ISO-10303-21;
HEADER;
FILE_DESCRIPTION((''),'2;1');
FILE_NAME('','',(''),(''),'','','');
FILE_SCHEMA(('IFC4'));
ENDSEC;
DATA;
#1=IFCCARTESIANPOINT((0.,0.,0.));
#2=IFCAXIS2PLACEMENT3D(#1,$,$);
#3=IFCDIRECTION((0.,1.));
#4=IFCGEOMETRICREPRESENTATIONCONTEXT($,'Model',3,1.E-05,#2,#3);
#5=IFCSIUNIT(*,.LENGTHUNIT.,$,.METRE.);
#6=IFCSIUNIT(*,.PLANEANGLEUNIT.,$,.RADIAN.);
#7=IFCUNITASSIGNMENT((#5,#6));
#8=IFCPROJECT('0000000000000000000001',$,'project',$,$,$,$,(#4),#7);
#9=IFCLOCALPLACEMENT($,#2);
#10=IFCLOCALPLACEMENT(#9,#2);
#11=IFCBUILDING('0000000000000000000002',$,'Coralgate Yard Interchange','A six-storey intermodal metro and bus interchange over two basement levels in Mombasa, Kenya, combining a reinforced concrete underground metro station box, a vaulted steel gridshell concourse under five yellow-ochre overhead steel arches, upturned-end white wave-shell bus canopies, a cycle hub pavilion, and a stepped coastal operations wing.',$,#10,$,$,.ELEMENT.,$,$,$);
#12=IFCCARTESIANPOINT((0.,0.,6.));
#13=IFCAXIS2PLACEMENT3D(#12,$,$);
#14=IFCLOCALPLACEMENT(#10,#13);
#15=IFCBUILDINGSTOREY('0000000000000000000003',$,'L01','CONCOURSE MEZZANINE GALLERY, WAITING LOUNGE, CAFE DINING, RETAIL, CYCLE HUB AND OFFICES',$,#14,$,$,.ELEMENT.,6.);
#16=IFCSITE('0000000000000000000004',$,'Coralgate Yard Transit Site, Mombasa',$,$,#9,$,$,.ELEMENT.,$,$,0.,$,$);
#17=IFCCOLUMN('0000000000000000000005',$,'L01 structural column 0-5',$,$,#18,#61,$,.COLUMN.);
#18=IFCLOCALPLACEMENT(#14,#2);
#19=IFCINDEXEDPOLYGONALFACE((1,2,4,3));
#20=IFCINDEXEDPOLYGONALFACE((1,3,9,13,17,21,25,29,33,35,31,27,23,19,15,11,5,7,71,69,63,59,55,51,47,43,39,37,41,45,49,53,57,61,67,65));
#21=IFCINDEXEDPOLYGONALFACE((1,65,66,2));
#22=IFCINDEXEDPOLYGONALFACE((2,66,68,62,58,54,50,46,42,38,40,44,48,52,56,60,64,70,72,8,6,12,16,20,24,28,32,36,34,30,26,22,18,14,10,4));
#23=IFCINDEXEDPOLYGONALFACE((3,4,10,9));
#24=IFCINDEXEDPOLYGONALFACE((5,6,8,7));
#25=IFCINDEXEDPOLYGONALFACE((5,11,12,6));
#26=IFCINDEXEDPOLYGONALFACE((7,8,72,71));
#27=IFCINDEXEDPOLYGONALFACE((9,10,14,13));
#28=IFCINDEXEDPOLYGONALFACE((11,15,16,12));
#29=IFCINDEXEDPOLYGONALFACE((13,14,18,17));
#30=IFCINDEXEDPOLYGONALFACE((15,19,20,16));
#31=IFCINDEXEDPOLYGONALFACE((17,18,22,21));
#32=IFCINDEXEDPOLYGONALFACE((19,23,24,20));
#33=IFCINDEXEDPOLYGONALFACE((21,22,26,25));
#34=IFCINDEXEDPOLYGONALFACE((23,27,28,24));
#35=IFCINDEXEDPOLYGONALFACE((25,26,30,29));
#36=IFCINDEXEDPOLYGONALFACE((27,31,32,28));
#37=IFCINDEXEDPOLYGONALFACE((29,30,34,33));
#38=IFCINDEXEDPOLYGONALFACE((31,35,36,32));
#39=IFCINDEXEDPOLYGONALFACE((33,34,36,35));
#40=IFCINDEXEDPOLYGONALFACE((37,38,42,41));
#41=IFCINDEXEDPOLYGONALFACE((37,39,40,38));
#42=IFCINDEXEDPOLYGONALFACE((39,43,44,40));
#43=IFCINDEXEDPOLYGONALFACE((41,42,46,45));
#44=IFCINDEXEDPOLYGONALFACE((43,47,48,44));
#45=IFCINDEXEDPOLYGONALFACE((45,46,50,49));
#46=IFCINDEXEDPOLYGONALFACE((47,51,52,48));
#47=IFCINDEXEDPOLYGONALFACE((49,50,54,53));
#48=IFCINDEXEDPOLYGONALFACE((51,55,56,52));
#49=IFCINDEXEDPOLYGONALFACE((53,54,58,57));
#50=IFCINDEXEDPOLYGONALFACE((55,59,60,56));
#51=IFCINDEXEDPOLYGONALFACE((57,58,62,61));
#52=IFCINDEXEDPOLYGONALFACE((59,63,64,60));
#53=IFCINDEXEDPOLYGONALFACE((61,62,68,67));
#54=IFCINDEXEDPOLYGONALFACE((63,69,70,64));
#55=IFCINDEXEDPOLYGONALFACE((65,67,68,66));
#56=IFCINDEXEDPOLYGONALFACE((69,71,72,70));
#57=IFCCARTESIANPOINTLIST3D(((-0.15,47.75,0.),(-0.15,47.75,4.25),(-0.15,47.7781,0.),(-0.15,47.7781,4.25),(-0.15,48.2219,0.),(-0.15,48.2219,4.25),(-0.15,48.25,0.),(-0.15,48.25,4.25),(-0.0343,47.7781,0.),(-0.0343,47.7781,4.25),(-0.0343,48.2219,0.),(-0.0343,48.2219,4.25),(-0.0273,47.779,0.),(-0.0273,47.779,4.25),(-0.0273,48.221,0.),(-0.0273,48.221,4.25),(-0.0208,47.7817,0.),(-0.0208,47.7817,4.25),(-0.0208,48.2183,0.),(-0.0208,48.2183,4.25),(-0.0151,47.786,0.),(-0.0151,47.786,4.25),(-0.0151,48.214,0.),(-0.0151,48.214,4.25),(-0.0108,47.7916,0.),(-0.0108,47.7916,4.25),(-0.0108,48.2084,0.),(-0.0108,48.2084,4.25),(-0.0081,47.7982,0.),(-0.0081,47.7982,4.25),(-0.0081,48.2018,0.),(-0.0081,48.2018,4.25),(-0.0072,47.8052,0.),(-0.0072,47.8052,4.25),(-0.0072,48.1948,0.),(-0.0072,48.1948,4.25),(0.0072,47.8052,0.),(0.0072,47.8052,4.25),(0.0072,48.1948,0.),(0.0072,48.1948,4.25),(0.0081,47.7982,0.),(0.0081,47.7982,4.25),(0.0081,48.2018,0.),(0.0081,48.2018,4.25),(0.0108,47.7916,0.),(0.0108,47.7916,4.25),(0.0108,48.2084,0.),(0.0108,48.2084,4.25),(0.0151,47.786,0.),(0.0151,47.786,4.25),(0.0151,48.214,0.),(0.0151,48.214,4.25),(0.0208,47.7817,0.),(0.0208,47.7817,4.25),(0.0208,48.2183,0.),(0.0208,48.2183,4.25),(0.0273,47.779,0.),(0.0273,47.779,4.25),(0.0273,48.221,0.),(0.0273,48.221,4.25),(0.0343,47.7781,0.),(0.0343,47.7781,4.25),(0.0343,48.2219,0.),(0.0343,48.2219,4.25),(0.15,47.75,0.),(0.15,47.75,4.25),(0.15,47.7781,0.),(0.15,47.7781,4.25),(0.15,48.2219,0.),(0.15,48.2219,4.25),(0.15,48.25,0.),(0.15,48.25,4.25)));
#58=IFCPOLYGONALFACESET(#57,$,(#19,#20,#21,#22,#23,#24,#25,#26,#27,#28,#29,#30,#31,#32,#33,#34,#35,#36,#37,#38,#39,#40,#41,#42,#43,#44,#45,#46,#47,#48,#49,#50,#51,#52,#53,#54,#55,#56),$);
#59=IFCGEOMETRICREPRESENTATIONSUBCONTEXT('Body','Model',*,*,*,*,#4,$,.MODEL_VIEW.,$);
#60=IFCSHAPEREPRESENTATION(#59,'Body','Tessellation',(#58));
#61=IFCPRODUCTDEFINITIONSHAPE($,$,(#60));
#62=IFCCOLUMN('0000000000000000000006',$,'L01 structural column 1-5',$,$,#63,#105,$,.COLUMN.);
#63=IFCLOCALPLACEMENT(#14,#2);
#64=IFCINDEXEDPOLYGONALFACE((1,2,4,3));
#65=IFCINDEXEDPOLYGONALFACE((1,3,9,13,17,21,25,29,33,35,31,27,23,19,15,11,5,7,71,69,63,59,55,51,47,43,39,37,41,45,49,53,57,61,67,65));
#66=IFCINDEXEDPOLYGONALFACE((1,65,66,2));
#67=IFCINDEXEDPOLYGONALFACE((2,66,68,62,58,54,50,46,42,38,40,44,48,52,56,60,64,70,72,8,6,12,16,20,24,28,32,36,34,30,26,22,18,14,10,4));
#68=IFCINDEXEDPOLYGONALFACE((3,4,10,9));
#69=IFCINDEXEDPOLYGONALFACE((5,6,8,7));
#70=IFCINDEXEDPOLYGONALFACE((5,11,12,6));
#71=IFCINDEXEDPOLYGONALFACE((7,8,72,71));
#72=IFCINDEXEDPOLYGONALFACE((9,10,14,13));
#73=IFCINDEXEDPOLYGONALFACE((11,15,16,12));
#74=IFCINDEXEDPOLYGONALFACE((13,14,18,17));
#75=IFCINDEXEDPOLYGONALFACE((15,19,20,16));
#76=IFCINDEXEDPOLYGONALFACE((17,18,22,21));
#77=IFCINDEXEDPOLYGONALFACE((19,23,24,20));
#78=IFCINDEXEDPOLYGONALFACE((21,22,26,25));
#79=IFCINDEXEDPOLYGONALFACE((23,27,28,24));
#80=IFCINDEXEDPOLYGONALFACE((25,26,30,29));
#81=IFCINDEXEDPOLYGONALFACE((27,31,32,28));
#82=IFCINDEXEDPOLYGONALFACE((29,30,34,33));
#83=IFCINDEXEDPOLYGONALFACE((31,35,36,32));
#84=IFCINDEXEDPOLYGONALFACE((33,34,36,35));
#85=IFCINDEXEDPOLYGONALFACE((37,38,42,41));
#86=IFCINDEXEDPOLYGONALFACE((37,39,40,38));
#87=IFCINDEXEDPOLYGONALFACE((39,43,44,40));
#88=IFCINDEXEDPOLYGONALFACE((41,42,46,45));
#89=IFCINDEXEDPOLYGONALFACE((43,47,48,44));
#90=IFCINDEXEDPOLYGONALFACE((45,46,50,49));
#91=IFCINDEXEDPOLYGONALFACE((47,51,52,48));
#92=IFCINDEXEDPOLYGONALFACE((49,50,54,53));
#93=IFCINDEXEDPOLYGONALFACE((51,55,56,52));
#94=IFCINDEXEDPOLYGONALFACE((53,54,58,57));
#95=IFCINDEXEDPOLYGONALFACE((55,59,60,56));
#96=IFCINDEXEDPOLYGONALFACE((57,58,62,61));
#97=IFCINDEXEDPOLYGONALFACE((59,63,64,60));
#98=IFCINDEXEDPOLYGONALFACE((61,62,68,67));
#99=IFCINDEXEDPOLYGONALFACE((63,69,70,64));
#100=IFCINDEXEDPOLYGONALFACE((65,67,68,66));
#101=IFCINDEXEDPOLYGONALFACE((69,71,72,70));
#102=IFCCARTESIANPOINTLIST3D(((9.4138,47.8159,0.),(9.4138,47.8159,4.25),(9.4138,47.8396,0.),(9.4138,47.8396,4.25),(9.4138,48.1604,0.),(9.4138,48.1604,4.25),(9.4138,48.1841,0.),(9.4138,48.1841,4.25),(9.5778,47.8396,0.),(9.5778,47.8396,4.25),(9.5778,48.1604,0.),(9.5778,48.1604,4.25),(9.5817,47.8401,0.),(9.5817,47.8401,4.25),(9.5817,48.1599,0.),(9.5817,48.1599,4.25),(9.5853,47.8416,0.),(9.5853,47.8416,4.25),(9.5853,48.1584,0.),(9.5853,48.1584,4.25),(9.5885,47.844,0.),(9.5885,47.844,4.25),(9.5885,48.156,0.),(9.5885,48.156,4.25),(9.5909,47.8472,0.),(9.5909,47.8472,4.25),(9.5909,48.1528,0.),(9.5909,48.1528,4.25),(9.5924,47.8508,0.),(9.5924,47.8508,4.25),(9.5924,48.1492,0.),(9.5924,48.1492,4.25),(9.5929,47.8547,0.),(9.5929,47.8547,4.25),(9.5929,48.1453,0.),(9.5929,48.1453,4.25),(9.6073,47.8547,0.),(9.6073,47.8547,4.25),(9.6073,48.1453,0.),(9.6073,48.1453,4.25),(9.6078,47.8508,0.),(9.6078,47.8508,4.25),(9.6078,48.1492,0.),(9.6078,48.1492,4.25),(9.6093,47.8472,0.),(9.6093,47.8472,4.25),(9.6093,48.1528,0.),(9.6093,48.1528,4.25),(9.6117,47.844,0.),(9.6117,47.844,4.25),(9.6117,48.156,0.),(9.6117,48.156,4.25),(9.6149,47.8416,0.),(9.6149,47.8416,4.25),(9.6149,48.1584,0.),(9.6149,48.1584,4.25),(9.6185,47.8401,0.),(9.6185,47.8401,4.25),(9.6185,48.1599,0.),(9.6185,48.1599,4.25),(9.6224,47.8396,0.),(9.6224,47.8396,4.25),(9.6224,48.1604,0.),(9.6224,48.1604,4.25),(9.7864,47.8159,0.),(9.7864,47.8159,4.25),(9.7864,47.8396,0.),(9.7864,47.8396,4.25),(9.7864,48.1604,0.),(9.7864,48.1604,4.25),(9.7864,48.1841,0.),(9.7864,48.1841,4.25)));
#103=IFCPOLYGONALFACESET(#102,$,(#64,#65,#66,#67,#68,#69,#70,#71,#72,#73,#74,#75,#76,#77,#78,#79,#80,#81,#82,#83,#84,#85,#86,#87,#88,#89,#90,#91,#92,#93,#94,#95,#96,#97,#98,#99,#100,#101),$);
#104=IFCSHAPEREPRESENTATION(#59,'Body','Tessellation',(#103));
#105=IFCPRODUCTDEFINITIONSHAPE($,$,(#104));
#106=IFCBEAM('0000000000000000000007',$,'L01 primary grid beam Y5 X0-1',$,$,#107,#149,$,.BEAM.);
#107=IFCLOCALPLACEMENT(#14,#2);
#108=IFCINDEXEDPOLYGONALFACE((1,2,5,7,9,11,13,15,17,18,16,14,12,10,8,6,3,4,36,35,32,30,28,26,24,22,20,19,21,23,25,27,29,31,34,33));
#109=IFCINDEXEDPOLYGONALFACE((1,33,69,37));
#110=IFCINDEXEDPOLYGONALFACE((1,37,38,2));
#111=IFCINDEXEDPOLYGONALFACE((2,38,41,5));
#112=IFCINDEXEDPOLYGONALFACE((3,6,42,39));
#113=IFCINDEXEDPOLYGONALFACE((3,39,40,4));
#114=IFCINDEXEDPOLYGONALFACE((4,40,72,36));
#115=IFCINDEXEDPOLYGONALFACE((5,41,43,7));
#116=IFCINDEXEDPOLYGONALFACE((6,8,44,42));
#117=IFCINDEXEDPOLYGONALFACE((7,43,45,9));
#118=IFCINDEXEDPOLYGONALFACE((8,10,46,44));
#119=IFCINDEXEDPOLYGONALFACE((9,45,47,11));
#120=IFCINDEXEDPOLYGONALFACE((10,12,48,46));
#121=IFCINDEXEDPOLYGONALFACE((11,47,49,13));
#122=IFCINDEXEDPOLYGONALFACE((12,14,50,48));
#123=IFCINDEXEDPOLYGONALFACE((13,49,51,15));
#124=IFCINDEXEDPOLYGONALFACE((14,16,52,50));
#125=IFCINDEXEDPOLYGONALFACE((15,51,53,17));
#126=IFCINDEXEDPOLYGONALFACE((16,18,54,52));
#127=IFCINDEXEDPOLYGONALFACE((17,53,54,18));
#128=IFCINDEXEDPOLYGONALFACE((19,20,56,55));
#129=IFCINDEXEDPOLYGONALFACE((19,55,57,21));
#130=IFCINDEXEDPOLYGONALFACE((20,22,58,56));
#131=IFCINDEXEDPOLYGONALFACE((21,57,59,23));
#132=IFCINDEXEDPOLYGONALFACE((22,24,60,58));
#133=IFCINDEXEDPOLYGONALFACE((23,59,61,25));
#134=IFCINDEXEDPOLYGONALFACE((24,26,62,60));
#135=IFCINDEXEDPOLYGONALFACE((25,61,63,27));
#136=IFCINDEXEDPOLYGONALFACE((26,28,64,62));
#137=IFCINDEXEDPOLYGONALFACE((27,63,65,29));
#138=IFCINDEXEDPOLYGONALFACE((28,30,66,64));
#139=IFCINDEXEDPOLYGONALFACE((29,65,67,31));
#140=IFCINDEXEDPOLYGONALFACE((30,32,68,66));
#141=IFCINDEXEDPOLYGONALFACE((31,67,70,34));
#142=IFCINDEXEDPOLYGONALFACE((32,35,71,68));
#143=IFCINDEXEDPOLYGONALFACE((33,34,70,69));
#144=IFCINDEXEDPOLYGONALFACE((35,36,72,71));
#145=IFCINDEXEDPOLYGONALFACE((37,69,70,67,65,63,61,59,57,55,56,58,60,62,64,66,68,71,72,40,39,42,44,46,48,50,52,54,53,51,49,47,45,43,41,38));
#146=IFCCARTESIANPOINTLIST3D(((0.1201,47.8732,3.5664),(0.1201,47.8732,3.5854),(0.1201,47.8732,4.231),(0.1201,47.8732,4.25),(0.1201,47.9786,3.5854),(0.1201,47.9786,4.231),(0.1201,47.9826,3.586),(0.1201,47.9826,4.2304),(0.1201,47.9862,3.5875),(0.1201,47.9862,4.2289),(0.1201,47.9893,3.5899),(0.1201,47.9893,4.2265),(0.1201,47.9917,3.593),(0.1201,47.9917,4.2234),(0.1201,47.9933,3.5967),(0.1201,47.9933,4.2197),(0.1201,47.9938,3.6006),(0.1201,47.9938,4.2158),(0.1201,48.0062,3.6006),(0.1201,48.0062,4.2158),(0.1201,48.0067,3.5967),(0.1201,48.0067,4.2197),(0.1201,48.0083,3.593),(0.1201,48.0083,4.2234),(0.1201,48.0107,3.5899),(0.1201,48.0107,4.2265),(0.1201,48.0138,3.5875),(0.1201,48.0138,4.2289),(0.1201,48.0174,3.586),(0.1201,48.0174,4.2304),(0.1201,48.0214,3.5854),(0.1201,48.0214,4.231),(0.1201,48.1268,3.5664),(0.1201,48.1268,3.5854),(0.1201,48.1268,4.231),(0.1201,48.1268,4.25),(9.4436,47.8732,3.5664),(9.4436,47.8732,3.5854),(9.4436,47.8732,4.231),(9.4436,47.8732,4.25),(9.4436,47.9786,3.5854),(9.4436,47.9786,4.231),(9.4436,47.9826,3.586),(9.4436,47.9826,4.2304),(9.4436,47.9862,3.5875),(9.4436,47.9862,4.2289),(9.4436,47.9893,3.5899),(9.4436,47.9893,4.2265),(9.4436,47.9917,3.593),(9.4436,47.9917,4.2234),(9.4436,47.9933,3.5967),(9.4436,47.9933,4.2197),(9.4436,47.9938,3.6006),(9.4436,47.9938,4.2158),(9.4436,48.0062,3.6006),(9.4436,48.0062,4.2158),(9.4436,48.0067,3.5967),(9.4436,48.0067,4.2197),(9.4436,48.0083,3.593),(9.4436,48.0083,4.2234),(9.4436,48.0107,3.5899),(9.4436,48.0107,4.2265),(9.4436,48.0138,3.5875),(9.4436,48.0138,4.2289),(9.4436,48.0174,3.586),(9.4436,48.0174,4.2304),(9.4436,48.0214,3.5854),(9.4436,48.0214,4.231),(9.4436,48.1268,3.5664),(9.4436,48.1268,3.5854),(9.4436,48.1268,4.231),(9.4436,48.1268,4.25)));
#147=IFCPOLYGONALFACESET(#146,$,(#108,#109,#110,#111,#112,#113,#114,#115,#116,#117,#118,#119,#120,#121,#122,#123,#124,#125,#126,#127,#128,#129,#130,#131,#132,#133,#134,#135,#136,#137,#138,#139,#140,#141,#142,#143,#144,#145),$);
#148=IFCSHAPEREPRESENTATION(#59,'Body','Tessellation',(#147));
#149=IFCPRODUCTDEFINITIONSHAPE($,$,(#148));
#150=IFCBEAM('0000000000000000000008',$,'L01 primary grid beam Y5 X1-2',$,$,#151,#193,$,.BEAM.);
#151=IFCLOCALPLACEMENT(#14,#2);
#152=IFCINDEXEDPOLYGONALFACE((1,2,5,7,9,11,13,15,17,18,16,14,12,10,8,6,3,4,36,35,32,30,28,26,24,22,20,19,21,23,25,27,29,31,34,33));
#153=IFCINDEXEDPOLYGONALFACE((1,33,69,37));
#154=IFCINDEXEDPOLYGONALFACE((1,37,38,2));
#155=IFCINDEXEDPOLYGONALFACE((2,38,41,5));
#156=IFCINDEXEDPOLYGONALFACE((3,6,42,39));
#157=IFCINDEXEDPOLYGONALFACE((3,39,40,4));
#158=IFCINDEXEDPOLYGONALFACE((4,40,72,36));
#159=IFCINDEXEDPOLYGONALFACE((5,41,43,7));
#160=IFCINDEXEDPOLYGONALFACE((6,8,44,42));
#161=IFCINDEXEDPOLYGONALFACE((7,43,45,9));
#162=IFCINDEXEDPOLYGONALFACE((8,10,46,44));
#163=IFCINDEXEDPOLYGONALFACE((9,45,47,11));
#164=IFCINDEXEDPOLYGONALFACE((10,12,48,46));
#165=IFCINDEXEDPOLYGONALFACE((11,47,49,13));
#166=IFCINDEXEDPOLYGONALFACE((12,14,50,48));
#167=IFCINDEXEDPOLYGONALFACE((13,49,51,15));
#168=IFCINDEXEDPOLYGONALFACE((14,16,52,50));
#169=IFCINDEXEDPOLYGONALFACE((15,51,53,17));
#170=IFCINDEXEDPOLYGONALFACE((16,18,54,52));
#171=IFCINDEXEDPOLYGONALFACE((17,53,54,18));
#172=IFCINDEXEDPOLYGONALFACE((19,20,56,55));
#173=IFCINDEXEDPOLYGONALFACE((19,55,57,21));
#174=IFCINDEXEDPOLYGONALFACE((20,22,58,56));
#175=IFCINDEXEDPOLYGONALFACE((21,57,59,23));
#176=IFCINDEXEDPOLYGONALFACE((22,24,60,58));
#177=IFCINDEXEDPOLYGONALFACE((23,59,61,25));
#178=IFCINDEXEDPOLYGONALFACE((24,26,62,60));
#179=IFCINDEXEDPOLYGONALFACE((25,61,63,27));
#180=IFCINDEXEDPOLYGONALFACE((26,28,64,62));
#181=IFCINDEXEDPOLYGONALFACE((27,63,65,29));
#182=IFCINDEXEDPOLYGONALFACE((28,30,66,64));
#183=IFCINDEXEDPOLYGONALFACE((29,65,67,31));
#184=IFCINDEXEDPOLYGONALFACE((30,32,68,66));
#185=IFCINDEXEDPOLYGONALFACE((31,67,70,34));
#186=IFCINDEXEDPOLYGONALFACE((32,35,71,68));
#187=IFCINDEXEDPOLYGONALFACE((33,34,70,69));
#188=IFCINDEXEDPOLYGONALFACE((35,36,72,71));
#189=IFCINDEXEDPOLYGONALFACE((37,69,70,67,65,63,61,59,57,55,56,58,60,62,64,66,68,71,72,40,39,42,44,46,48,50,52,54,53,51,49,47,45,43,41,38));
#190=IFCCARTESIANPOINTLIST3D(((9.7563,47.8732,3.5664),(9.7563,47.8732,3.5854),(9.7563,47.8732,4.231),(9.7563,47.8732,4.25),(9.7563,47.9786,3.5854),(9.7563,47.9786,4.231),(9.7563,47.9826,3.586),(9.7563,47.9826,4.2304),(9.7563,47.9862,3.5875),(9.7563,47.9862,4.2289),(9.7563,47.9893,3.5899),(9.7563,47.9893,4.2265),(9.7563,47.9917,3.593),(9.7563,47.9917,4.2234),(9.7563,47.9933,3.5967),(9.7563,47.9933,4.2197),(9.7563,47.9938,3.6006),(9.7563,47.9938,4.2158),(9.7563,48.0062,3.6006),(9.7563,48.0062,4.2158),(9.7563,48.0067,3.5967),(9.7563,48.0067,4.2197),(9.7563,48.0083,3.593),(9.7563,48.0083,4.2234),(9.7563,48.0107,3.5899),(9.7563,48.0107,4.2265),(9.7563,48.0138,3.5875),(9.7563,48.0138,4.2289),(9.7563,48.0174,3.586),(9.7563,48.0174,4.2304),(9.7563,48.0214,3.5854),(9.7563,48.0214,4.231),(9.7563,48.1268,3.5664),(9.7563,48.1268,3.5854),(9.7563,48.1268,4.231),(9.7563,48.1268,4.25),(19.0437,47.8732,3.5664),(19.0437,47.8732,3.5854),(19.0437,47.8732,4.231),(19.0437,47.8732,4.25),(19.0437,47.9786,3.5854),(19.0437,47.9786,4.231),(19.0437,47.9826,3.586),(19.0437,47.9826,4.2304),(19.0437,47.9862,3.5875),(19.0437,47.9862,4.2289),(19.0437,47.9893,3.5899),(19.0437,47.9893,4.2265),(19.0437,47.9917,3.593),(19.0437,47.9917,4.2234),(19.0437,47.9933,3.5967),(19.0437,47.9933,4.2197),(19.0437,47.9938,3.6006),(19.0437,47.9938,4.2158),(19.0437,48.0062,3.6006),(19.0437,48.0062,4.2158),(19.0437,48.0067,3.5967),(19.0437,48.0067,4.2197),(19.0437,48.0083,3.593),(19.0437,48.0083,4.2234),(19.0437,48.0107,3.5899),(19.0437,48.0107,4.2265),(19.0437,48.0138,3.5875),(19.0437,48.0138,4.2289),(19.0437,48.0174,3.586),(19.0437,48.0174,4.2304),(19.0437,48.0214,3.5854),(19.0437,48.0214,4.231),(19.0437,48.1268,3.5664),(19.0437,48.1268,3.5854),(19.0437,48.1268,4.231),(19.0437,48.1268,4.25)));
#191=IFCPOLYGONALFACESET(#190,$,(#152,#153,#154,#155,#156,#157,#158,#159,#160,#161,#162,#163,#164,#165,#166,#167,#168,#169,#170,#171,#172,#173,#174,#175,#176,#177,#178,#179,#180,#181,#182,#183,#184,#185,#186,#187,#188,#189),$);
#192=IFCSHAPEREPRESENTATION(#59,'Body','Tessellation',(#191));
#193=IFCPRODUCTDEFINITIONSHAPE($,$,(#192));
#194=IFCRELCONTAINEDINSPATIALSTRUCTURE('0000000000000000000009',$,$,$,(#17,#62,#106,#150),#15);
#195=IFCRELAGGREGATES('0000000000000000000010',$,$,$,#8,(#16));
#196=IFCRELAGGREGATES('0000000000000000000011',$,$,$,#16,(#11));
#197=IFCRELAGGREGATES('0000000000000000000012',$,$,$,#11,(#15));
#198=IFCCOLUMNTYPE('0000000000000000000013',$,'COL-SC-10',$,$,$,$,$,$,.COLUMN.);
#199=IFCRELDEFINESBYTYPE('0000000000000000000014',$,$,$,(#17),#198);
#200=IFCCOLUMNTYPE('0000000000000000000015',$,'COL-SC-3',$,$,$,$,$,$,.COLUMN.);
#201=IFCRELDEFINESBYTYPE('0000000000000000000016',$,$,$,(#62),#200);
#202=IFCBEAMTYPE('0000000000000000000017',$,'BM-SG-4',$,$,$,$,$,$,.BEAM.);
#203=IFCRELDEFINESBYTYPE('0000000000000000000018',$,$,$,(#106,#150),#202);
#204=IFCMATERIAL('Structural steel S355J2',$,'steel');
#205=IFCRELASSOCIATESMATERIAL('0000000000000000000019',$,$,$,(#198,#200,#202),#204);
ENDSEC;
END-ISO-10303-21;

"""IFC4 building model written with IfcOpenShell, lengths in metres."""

from ifc_helpers import new_model, si_unit, direction, frame, origin, origin_2d, place, context, subcontext, project, spatial, i_section, extrude, material, material_profile, profile_set, type_object, element, save


model = new_model("IFC4")

# Units and contexts
model_context = context("Model", 3, precision=1e-05, world=origin(), true_north=direction((0.0, 1.0)))
body_context = subcontext(model_context, "Body", "Model", "MODEL_VIEW")
ifc_project = project(units=[si_unit("LENGTHUNIT", "METRE"), si_unit("PLANEANGLEUNIT", "RADIAN")], contexts=[model_context])

# Site, building, storey
site_placement = place(None, origin())
site = spatial("IfcSite", under=ifc_project, at=site_placement, Name="Coralgate Yard Transit Site, Mombasa", CompositionType="ELEMENT", RefElevation=0.0)
building_placement = place(site_placement, origin())
building = spatial("IfcBuilding", under=site, at=building_placement, Name="Coralgate Yard Interchange", Description="A six-storey intermodal metro and bus interchange over two basement levels in Mombasa, Kenya, combining a reinforced concrete underground metro station box, a vaulted steel gridshell concourse under five yellow-ochre overhead steel arches, upturned-end white wave-shell bus canopies, a cycle hub pavilion, and a stepped coastal operations wing.", CompositionType="ELEMENT")
storey_placement = place(building_placement, frame((0.0, 0.0, 6.0)))
storey = spatial("IfcBuildingStorey", under=building, at=storey_placement, Name="L01", Description="CONCOURSE MEZZANINE GALLERY, WAITING LOUNGE, CAFE DINING, RETAIL, CYCLE HUB AND OFFICES", CompositionType="ELEMENT", Elevation=6.0)

# Columns
ifc_material_1 = material(Name="Structural steel S355J2", Category="steel")
ifc_material_profile_1 = material_profile(ifc_material_1, i_section(OverallWidth=0.3, OverallDepth=0.5, WebThickness=0.0144, FlangeThickness=0.0281, FilletRadius=0.0271, at=origin_2d()), Name="HEB 500")
ifc_profile_set_1 = profile_set([ifc_material_profile_1], Name="Structural steel S355J2")
column_type_1 = type_object("IfcColumnType", Name="COL-SC-10", PredefinedType="COLUMN", material=ifc_profile_set_1)
column_1_placement = place(storey_placement, frame((0.0, 48.0, 0.0), z_axis=(0.0, 0.0, 1.0), x_axis=(1.0, 0.0, 0.0)))
element("IfcColumn", 1, at=column_1_placement, inside=storey, type_object=column_type_1, Name="L01 structural column 0-5", PredefinedType="COLUMN", context=body_context, shape_type="SweptSolid", body=[
    extrude(i_section(OverallWidth=0.3, OverallDepth=0.5, WebThickness=0.0144, FlangeThickness=0.0281, FilletRadius=0.0271, at=origin_2d()), origin(), (0.0, 0.0, 1.0), 4.25),
])
ifc_material_profile_2 = material_profile(ifc_material_1, i_section(OverallWidth=0.3726, OverallDepth=0.3682, WebThickness=0.0144, FlangeThickness=0.0237, FilletRadius=0.0151, at=origin_2d()), Name="UC 356x368x177")
ifc_profile_set_2 = profile_set([ifc_material_profile_2], Name="Structural steel S355J2")
column_type_2 = type_object("IfcColumnType", Name="COL-SC-3", PredefinedType="COLUMN", material=ifc_profile_set_2)
column_2_placement = place(storey_placement, frame((9.6001, 48.0, 0.0), z_axis=(0.0, 0.0, 1.0), x_axis=(1.0, 0.0, 0.0)))
element("IfcColumn", 2, at=column_2_placement, inside=storey, type_object=column_type_2, Name="L01 structural column 1-5", PredefinedType="COLUMN", context=body_context, shape_type="SweptSolid", body=[
    extrude(i_section(OverallWidth=0.3726, OverallDepth=0.3682, WebThickness=0.0144, FlangeThickness=0.0237, FilletRadius=0.0151, at=origin_2d()), origin(), (0.0, 0.0, 1.0), 4.25),
])

# Beams
ifc_material_profile_3 = material_profile(ifc_material_1, i_section(OverallWidth=0.2537, OverallDepth=0.6836, WebThickness=0.0125, FlangeThickness=0.019, FilletRadius=0.0151, at=origin_2d()), Name="UB 686x254x140")
ifc_profile_set_3 = profile_set([ifc_material_profile_3], Name="Structural steel S355J2")
beam_type = type_object("IfcBeamType", Name="BM-SG-4", PredefinedType="BEAM", material=ifc_profile_set_3)
beam_1_placement = place(storey_placement, frame((0.1201, 48.0, 3.9082), z_axis=(1.0, 0.0, 0.0), x_axis=(0.0, 1.0, 0.0)))
element("IfcBeam", 3, at=beam_1_placement, inside=storey, type_object=beam_type, Name="L01 primary grid beam Y5 X0-1", PredefinedType="BEAM", context=body_context, shape_type="SweptSolid", body=[
    extrude(i_section(OverallWidth=0.2537, OverallDepth=0.6836, WebThickness=0.0125, FlangeThickness=0.019, FilletRadius=0.0151, at=origin_2d()), origin(), (0.0, 0.0, 1.0), 9.3235),
])
beam_2_placement = place(storey_placement, frame((9.7563, 48.0, 3.9082), z_axis=(1.0, 0.0, 0.0), x_axis=(0.0, 1.0, 0.0)))
element("IfcBeam", 4, at=beam_2_placement, inside=storey, type_object=beam_type, Name="L01 primary grid beam Y5 X1-2", PredefinedType="BEAM", context=body_context, shape_type="SweptSolid", body=[
    extrude(i_section(OverallWidth=0.2537, OverallDepth=0.6836, WebThickness=0.0125, FlangeThickness=0.019, FilletRadius=0.0151, at=origin_2d()), origin(), (0.0, 0.0, 1.0), 9.2874),
])

save(model, "model.ifc")
